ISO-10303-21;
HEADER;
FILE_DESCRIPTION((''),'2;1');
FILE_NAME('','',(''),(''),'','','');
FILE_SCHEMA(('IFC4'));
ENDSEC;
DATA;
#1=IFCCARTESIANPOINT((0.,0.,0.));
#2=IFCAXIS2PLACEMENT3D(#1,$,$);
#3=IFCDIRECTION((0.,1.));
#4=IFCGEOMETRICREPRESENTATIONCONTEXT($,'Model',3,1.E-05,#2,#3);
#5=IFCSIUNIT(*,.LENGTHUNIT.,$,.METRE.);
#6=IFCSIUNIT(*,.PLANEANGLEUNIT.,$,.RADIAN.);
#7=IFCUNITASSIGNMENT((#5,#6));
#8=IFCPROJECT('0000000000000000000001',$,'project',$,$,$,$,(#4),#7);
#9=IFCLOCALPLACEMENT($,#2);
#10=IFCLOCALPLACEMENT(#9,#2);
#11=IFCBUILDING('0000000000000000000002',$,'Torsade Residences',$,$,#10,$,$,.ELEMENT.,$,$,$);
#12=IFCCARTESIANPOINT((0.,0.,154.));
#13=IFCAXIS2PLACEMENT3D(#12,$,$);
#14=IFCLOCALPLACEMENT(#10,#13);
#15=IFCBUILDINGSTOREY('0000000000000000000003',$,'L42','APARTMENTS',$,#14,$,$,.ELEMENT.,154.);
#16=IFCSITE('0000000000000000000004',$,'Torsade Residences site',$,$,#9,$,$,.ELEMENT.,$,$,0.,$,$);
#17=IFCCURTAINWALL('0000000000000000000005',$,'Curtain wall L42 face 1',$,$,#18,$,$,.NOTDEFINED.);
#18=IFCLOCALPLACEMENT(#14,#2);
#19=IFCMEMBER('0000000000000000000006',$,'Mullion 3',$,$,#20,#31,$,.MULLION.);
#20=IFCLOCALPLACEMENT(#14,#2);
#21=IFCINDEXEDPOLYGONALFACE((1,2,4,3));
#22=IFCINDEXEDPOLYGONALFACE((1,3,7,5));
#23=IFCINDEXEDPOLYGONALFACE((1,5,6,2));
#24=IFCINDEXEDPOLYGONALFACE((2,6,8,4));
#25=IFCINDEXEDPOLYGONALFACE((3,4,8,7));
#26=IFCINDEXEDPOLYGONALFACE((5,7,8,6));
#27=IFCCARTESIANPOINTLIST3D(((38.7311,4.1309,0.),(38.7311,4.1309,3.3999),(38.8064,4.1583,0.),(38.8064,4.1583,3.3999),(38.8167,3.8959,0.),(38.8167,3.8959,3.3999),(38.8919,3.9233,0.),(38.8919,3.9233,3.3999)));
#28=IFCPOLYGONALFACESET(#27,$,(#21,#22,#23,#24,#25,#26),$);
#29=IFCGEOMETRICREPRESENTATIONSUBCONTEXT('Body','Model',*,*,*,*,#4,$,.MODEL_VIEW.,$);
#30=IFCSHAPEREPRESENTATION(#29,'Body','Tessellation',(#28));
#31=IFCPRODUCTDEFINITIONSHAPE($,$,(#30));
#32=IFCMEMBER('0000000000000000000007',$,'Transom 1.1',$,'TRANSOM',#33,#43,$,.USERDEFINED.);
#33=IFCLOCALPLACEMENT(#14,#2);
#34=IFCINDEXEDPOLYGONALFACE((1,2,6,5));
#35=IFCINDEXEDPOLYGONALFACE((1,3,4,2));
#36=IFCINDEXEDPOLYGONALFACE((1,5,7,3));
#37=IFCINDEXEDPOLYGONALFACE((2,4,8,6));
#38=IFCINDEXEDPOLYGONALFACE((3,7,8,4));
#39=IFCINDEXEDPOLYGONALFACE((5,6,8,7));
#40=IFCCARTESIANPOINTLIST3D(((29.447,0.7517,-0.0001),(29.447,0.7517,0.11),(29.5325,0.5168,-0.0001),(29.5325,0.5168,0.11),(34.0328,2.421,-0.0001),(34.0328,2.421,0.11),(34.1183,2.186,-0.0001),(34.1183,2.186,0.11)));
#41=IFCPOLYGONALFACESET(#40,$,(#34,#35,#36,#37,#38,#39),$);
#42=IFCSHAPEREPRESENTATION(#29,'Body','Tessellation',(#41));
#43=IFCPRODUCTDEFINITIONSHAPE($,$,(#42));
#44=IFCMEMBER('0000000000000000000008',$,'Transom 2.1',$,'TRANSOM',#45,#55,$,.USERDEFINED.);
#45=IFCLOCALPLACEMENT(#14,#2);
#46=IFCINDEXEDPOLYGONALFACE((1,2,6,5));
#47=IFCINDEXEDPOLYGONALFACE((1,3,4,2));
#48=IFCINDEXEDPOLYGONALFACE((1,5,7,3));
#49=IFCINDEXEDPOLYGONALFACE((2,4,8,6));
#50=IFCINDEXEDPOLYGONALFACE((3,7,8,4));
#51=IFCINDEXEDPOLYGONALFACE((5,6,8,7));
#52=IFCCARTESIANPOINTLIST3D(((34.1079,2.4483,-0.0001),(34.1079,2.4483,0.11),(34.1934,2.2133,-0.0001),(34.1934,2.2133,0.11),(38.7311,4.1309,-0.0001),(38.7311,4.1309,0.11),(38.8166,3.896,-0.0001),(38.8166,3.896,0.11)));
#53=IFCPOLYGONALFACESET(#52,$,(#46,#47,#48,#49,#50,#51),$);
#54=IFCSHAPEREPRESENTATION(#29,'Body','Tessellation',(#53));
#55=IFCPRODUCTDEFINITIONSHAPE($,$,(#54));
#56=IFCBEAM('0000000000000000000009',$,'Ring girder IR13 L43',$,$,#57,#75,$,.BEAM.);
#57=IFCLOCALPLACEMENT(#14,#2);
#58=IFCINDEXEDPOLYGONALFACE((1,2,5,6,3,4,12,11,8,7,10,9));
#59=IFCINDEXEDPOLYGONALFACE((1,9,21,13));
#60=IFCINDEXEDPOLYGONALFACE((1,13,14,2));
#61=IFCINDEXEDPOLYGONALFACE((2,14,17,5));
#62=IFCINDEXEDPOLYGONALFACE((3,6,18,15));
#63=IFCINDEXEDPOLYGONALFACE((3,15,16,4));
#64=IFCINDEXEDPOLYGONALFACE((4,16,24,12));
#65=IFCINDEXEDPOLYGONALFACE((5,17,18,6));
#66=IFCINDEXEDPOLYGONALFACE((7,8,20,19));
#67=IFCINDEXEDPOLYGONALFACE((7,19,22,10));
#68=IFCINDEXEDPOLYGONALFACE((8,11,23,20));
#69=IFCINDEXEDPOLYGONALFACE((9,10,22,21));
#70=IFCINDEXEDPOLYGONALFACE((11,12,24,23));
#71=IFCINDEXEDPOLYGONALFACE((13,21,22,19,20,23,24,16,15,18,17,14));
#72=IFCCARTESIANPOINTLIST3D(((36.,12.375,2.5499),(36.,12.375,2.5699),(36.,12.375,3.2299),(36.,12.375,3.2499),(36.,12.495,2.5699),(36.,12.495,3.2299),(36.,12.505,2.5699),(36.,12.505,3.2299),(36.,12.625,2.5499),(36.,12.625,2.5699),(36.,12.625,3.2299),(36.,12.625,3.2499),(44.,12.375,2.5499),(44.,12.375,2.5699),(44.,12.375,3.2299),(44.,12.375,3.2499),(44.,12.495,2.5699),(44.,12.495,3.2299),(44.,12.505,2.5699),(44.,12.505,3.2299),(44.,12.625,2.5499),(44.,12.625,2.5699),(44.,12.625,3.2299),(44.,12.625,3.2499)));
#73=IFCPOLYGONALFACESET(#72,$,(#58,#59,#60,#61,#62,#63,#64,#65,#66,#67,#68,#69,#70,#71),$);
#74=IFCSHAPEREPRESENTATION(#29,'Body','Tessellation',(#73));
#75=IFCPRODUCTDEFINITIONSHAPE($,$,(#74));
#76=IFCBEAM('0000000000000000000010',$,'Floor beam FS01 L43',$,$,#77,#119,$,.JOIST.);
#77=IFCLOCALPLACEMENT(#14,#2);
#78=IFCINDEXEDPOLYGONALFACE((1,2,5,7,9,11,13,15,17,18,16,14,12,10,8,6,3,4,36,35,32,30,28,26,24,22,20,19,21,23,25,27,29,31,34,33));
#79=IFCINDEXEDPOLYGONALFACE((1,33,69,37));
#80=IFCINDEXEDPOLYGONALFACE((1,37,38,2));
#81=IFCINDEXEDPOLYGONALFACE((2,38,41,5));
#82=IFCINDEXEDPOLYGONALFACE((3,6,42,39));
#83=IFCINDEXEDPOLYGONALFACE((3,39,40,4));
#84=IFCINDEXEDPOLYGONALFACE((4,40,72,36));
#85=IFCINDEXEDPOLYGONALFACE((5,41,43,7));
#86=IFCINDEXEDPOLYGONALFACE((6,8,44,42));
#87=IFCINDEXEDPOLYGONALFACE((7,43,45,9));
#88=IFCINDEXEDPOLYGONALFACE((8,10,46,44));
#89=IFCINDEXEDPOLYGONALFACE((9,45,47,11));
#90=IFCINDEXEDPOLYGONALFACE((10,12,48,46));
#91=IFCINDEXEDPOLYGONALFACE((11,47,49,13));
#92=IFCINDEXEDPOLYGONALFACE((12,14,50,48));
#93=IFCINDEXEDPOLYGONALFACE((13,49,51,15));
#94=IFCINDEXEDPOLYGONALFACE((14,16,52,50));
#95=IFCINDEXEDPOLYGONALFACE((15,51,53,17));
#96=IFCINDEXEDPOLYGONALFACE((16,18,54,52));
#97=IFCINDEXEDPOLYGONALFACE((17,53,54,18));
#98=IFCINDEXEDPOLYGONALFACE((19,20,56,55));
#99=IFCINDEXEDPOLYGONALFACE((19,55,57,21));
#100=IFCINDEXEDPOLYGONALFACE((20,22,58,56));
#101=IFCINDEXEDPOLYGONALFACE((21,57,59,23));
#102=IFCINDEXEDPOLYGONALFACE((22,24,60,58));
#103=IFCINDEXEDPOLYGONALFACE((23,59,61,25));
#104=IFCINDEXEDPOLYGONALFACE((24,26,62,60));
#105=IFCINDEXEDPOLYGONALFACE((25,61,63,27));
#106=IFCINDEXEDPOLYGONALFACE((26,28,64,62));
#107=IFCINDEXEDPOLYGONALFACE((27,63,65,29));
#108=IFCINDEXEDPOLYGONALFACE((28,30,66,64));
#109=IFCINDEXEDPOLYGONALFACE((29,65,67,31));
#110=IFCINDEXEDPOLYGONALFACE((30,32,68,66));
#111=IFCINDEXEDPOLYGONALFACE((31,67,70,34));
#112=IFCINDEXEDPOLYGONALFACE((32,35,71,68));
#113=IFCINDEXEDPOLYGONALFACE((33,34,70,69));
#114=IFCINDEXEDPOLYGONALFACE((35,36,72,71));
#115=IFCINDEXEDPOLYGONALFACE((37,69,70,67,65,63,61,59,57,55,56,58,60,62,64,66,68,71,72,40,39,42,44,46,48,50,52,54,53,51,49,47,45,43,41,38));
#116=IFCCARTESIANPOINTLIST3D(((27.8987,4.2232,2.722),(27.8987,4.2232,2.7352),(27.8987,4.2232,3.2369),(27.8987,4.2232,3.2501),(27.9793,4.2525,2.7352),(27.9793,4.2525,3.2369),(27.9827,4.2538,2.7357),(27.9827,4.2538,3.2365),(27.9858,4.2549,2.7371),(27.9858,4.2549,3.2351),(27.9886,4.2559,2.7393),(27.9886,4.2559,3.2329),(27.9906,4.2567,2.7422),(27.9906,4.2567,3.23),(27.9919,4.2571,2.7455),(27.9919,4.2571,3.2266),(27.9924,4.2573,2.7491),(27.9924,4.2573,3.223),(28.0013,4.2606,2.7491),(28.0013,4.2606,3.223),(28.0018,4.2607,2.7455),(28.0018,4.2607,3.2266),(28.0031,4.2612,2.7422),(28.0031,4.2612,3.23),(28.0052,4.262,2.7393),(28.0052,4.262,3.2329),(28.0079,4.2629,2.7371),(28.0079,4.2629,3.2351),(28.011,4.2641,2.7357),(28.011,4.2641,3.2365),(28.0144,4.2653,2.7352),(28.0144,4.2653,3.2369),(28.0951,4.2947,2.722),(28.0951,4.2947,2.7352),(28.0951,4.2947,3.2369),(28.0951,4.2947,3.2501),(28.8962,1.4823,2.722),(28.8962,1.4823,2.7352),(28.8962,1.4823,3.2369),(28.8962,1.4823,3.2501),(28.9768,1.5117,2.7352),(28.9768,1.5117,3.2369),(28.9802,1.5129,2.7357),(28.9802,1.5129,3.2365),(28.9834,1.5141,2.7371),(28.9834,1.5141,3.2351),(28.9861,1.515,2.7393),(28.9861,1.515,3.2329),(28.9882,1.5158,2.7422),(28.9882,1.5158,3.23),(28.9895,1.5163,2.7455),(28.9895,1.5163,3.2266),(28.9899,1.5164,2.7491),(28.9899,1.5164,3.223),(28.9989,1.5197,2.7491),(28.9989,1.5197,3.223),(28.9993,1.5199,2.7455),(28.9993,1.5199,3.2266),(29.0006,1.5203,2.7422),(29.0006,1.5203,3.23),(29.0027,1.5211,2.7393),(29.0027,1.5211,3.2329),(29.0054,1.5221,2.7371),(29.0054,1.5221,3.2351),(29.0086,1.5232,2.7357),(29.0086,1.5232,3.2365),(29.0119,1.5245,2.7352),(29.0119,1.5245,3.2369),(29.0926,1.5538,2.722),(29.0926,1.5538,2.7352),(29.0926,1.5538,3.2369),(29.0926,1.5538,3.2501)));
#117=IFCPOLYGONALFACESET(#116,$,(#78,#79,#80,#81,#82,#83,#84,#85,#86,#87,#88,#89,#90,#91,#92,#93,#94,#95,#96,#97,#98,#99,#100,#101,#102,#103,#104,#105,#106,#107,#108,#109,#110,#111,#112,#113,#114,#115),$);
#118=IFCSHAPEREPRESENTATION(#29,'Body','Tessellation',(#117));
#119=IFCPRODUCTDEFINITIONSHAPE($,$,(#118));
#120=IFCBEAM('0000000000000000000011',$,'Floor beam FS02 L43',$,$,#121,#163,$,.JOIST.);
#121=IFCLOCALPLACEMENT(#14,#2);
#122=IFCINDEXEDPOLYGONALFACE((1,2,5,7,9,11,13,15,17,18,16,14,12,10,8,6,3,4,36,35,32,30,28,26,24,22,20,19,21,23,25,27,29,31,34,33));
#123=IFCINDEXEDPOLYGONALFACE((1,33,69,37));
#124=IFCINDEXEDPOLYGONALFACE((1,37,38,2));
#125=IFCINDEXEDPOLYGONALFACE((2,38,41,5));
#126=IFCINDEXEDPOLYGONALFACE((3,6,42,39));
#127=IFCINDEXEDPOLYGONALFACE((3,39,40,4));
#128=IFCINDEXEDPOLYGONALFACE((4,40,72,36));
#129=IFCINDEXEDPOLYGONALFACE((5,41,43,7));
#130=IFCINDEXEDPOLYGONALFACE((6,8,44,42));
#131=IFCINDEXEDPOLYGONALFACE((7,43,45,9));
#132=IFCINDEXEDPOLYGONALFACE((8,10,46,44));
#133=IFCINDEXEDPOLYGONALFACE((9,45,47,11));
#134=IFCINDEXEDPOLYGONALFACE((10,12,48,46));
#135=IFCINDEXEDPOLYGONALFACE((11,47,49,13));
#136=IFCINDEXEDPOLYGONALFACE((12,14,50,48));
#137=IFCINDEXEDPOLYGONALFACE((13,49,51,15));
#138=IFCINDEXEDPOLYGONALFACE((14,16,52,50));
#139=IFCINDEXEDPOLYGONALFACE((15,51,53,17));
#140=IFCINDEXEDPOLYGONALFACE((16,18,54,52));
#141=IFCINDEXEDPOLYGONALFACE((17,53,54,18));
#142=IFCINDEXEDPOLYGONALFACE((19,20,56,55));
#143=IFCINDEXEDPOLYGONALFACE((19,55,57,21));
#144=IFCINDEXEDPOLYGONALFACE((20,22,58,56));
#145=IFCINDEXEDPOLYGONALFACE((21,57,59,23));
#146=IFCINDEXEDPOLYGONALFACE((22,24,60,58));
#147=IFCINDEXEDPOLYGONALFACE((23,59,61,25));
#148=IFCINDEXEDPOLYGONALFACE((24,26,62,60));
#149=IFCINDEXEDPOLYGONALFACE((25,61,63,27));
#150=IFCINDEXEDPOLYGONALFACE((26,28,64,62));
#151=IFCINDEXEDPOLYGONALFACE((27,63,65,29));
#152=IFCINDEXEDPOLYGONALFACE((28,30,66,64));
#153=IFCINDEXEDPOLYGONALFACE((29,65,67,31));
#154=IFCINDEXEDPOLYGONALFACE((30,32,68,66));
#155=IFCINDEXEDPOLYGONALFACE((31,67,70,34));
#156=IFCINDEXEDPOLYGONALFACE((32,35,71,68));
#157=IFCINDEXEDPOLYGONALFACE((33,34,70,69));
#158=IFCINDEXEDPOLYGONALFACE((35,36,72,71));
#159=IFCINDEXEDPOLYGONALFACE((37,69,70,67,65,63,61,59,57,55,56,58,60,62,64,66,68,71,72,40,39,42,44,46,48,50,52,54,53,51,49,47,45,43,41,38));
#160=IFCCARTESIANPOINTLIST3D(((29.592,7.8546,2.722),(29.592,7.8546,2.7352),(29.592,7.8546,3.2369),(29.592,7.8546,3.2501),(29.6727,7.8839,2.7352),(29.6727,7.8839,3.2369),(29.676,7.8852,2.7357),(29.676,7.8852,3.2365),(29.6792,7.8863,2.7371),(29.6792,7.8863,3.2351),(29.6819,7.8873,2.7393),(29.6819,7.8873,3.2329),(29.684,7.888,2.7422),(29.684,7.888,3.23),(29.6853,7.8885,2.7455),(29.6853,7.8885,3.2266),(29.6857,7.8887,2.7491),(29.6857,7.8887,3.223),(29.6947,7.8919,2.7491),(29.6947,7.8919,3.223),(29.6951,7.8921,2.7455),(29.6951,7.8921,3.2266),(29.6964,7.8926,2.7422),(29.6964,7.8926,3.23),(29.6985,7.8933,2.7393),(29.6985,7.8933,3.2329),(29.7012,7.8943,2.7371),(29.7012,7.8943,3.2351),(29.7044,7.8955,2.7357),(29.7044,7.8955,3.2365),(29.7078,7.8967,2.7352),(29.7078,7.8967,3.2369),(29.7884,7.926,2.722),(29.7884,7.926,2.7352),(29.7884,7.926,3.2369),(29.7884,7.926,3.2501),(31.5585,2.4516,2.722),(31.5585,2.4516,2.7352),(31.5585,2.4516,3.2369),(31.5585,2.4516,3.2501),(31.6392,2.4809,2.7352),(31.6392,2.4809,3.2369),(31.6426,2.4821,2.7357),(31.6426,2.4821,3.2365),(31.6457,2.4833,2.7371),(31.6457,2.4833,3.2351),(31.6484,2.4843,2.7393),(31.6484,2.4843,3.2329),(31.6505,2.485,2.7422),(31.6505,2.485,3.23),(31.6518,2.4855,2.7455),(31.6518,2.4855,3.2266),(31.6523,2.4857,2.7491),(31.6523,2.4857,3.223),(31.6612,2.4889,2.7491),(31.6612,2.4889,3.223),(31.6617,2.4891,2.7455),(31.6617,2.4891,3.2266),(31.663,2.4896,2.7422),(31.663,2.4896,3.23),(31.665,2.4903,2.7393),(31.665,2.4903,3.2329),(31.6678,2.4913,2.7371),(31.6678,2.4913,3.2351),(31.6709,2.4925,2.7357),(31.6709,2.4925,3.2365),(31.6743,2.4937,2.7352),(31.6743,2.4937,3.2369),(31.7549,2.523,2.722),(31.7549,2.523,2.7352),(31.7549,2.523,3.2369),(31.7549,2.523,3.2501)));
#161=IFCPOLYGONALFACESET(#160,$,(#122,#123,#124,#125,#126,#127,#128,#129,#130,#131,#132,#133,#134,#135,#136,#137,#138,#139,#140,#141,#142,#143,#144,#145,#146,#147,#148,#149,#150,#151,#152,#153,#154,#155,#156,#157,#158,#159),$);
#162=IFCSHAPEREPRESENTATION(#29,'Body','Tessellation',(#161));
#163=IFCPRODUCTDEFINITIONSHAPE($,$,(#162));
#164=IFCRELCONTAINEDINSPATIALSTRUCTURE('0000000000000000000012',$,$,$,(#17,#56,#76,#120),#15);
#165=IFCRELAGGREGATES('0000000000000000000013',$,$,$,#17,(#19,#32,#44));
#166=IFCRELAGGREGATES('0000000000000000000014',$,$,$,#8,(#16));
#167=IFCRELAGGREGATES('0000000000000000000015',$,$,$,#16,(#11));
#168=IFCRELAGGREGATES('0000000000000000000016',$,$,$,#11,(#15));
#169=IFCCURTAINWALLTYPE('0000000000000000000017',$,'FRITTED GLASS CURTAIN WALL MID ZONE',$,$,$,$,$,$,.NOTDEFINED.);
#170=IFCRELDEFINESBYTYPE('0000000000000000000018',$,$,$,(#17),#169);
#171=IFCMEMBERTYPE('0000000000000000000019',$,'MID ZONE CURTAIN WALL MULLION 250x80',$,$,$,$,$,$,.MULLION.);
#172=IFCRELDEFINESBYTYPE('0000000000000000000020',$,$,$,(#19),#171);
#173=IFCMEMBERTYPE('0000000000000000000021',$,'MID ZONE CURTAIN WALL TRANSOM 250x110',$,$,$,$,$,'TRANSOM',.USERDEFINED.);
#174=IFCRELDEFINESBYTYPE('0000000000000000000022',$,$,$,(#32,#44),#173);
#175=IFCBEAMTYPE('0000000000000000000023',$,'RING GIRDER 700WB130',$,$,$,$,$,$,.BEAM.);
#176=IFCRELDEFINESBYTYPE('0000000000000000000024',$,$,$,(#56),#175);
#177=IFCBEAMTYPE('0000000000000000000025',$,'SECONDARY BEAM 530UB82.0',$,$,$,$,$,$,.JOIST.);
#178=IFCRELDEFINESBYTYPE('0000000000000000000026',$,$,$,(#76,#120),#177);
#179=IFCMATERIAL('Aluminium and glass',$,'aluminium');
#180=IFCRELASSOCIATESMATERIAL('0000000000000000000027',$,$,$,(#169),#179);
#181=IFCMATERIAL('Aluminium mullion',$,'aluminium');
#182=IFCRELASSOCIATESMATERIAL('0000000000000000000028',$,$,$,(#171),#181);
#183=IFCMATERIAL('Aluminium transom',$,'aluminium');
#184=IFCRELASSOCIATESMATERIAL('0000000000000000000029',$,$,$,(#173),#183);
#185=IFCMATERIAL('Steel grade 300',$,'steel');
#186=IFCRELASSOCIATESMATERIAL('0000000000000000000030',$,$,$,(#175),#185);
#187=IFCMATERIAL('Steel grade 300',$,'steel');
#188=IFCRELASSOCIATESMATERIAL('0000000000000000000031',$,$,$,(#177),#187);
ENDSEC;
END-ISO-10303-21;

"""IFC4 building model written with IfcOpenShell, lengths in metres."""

from ifc_helpers import new_model, si_unit, direction, frame, origin, origin_2d, place, context, subcontext, project, spatial, rectangle, i_section, extrude, material, material_profile, profile_set, type_object, element, aggregate, save


model = new_model("IFC4")

# Units and contexts
model_context = context("Model", 3, precision=1e-05, world=origin(), true_north=direction((0.0, 1.0)))
body_context = subcontext(model_context, "Body", "Model", "MODEL_VIEW")
ifc_project = project(units=[si_unit("LENGTHUNIT", "METRE"), si_unit("PLANEANGLEUNIT", "RADIAN")], contexts=[model_context])

# Site, building, storey
site_placement = place(None, origin())
site = spatial("IfcSite", under=ifc_project, at=site_placement, Name="Torsade Residences site", CompositionType="ELEMENT", RefElevation=0.0)
building_placement = place(site_placement, origin())
building = spatial("IfcBuilding", under=site, at=building_placement, Name="Torsade Residences", CompositionType="ELEMENT")
storey_placement = place(building_placement, frame((0.0, 0.0, 154.0)))
storey = spatial("IfcBuildingStorey", under=building, at=storey_placement, Name="L42", Description="APARTMENTS", CompositionType="ELEMENT", Elevation=154.0)

# Curtain wall, members
ifc_material_1 = material(Name="Aluminium and glass", Category="aluminium")
curtain_wall_type = type_object("IfcCurtainWallType", Name="FRITTED GLASS CURTAIN WALL MID ZONE", PredefinedType="NOTDEFINED", material=ifc_material_1)
curtain_wall_placement = place(storey_placement, origin())
curtain_wall = element("IfcCurtainWall", 1, at=curtain_wall_placement, inside=storey, type_object=curtain_wall_type, Name="Curtain wall L42 face 1", PredefinedType="NOTDEFINED")
ifc_material_2 = material(Name="Aluminium mullion", Category="aluminium")
ifc_material_profile_1 = material_profile(ifc_material_2, rectangle(XDim=0.25, YDim=0.0801, at=origin_2d()), Name="MID ZONE CURTAIN WALL MULLION 250x80")
ifc_profile_set_1 = profile_set([ifc_material_profile_1], Name="Aluminium mullion")
member_type_1 = type_object("IfcMemberType", Name="MID ZONE CURTAIN WALL MULLION 250x80", PredefinedType="MULLION", material=ifc_profile_set_1)
member_1_placement = place(storey_placement, frame((38.8115, 4.0271, 0.0), z_axis=(0.0, 0.0, 1.0), x_axis=(-0.34202, 0.939693, 0.0)))
member_1 = element("IfcMember", 2, at=member_1_placement, type_object=member_type_1, Name="Mullion 3", PredefinedType="MULLION", context=body_context, shape_type="SweptSolid", body=[
    extrude(rectangle(XDim=0.25, YDim=0.0801, at=origin_2d()), origin(), (0.0, 0.0, 1.0), 3.3999),
])
ifc_material_3 = material(Name="Aluminium transom", Category="aluminium")
ifc_material_profile_2 = material_profile(ifc_material_3, rectangle(XDim=0.25, YDim=0.1101, at=origin_2d()), Name="MID ZONE CURTAIN WALL TRANSOM 250x110")
ifc_profile_set_2 = profile_set([ifc_material_profile_2], Name="Aluminium transom")
member_type_2 = type_object("IfcMemberType", Name="MID ZONE CURTAIN WALL TRANSOM 250x110", ElementType="TRANSOM", PredefinedType="USERDEFINED", material=ifc_profile_set_2)
member_2_placement = place(storey_placement, frame((29.4897, 0.6343, 0.0549), z_axis=(0.939684, 0.342044, 0.0), x_axis=(-0.342044, 0.939684, 0.0)))
member_2 = element("IfcMember", 3, at=member_2_placement, type_object=member_type_2, Name="Transom 1.1", ObjectType="TRANSOM", PredefinedType="USERDEFINED", context=body_context, shape_type="SweptSolid", body=[
    extrude(rectangle(XDim=0.25, YDim=0.1101, at=origin_2d()), origin(), (0.0, 0.0, 1.0), 4.8801),
])
member_3_placement = place(storey_placement, frame((34.1506, 2.3308, 0.0549), z_axis=(0.939701, 0.341998, 0.0), x_axis=(-0.341998, 0.939701, 0.0)))
member_3 = element("IfcMember", 4, at=member_3_placement, type_object=member_type_2, Name="Transom 2.1", ObjectType="TRANSOM", PredefinedType="USERDEFINED", context=body_context, shape_type="SweptSolid", body=[
    extrude(rectangle(XDim=0.25, YDim=0.1101, at=origin_2d()), origin(), (0.0, 0.0, 1.0), 4.9199),
])

# Beams
ifc_material_4 = material(Name="Steel grade 300", Category="steel")
ifc_material_profile_3 = material_profile(ifc_material_4, i_section(OverallWidth=0.25, OverallDepth=0.7, WebThickness=0.01, FlangeThickness=0.02, at=origin_2d()), Name="700WB130")
ifc_profile_set_3 = profile_set([ifc_material_profile_3], Name="Steel grade 300")
beam_type_1 = type_object("IfcBeamType", Name="RING GIRDER 700WB130", PredefinedType="BEAM", material=ifc_profile_set_3)
beam_1_placement = place(storey_placement, frame((36.0, 12.5, 2.8999), z_axis=(1.0, 0.0, 0.0), x_axis=(0.0, 1.0, 0.0)))
element("IfcBeam", 5, at=beam_1_placement, inside=storey, type_object=beam_type_1, Name="Ring girder IR13 L43", PredefinedType="BEAM", context=body_context, shape_type="SweptSolid", body=[
    extrude(i_section(OverallWidth=0.25, OverallDepth=0.7, WebThickness=0.01, FlangeThickness=0.02, at=origin_2d()), origin(), (0.0, 0.0, 1.0), 8.0),
])
ifc_material_5 = material(Name="Steel grade 300", Category="steel")
ifc_material_profile_4 = material_profile(ifc_material_5, i_section(OverallWidth=0.209, OverallDepth=0.5281, WebThickness=0.0095, FlangeThickness=0.0132, FilletRadius=0.0139, at=origin_2d()), Name="530UB82.0")
ifc_profile_set_4 = profile_set([ifc_material_profile_4], Name="Steel grade 300")
beam_type_2 = type_object("IfcBeamType", Name="SECONDARY BEAM 530UB82.0", PredefinedType="JOIST", material=ifc_profile_set_4)
beam_2_placement = place(storey_placement, frame((28.9944, 1.5181, 2.9861), z_axis=(-0.341998, 0.939701, 0.0), x_axis=(-0.939701, -0.341998, 0.0)))
element("IfcBeam", 6, at=beam_2_placement, inside=storey, type_object=beam_type_2, Name="Floor beam FS01 L43", PredefinedType="JOIST", context=body_context, shape_type="SweptSolid", body=[
    extrude(i_section(OverallWidth=0.209, OverallDepth=0.5281, WebThickness=0.0095, FlangeThickness=0.0132, FilletRadius=0.0139, at=origin_2d()), origin(), (0.0, 0.0, 1.0), 2.9167),
])
beam_3_placement = place(storey_placement, frame((31.6567, 2.4873, 2.9861), z_axis=(-0.342019, 0.939693, 0.0), x_axis=(-0.939693, -0.342019, 0.0)))
element("IfcBeam", 7, at=beam_3_placement, inside=storey, type_object=beam_type_2, Name="Floor beam FS02 L43", PredefinedType="JOIST", context=body_context, shape_type="SweptSolid", body=[
    extrude(i_section(OverallWidth=0.209, OverallDepth=0.5281, WebThickness=0.0095, FlangeThickness=0.0132, FilletRadius=0.0139, at=origin_2d()), origin(), (0.0, 0.0, 1.0), 5.7498),
])

aggregate(curtain_wall, [member_1, member_2, member_3])

save(model, "model.ifc")
